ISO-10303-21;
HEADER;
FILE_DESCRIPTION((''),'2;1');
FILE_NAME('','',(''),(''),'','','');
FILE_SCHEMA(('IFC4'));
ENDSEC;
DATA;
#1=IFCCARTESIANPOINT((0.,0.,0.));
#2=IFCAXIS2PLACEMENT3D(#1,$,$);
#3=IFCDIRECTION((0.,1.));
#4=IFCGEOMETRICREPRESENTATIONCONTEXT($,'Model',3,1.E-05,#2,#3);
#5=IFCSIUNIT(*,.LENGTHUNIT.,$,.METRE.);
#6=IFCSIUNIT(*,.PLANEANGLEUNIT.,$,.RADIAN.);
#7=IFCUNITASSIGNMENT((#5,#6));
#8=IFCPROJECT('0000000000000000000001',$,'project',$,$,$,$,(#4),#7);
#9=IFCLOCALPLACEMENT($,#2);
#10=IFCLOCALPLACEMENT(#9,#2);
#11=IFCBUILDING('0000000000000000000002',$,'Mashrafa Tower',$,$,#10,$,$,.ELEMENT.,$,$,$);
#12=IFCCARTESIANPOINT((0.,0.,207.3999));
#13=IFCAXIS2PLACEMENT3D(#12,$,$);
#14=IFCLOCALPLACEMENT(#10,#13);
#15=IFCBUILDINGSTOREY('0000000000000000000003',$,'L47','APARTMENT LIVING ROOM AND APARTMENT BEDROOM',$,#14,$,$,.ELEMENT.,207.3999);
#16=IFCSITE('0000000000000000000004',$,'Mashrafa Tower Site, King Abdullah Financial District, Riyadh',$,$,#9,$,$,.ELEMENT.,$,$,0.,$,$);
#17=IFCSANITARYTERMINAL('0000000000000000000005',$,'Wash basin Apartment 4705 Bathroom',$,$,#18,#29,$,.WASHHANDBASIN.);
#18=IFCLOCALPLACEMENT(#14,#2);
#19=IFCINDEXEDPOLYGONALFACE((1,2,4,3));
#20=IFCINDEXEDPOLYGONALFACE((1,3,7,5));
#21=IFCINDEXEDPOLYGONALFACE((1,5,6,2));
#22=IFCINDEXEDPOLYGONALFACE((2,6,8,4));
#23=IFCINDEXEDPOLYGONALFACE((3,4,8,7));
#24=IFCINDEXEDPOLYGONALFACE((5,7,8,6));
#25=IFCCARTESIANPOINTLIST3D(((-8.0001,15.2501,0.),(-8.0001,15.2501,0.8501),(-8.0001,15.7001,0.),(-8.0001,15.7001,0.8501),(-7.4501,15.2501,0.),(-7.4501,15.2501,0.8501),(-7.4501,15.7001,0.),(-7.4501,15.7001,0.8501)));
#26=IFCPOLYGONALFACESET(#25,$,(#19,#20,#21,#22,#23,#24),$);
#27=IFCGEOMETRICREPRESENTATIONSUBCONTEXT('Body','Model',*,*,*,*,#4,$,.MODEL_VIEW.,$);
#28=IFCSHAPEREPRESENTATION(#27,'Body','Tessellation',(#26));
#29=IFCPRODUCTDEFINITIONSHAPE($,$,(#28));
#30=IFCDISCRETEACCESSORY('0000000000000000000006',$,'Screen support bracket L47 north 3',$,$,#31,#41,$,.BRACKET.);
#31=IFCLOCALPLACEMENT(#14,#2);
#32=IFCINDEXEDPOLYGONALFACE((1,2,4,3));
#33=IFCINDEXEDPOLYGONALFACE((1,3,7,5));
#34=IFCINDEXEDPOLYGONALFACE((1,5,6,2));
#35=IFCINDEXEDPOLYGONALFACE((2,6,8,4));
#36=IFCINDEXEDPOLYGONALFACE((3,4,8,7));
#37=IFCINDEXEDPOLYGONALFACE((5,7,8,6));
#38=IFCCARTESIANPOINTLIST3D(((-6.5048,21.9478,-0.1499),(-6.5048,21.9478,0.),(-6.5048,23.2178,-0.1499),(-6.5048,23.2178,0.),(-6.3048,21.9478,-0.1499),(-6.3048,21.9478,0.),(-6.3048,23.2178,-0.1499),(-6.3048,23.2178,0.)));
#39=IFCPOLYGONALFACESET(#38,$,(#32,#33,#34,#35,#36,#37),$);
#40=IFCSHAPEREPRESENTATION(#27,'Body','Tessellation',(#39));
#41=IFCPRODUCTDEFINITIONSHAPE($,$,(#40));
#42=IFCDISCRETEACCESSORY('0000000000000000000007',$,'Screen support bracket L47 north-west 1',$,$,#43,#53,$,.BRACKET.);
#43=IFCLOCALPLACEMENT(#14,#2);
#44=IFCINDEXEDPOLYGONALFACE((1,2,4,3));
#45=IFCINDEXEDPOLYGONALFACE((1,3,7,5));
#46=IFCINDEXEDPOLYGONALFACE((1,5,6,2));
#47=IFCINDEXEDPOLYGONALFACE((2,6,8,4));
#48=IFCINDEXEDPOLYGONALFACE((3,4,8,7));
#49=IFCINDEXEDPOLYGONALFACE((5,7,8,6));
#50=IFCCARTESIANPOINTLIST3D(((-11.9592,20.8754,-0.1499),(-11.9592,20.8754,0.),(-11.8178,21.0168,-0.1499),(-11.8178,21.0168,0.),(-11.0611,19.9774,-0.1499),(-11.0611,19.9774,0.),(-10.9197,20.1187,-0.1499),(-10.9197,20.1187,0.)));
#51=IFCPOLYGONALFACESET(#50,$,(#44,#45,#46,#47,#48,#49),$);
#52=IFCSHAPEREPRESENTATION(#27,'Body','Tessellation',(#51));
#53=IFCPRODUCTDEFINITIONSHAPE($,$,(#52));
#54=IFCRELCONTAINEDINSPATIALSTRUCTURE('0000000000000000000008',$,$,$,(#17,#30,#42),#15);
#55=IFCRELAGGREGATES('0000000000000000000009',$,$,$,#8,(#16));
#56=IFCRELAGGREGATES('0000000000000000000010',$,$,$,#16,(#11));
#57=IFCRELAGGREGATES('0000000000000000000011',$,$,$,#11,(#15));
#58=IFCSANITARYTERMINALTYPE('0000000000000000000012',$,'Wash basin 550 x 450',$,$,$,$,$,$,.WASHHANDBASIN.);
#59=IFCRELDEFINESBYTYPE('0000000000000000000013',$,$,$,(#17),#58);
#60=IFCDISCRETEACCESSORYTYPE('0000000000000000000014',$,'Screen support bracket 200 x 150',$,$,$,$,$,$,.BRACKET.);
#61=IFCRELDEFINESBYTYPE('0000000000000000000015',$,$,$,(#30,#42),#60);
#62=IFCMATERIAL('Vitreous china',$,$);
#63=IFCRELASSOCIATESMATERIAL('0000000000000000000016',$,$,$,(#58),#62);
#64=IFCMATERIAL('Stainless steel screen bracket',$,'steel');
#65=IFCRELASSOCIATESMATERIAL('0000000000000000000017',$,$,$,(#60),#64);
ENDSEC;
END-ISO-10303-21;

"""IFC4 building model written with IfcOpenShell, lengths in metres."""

from ifc_helpers import new_model, si_unit, direction, frame, origin, origin_2d, place, context, subcontext, project, spatial, rectangle, extrude, source, transform, mapped, material, type_object, type_shapes, element, save


model = new_model("IFC4")

# Units and contexts
model_context = context("Model", 3, precision=1e-05, world=origin(), true_north=direction((0.0, 1.0)))
body_context = subcontext(model_context, "Body", "Model", "MODEL_VIEW")
ifc_project = project(units=[si_unit("LENGTHUNIT", "METRE"), si_unit("PLANEANGLEUNIT", "RADIAN")], contexts=[model_context])

# Site, building, storey
site_placement = place(None, origin())
site = spatial("IfcSite", under=ifc_project, at=site_placement, Name="Mashrafa Tower Site, King Abdullah Financial District, Riyadh", CompositionType="ELEMENT", RefElevation=0.0)
building_placement = place(site_placement, origin())
building = spatial("IfcBuilding", under=site, at=building_placement, Name="Mashrafa Tower", CompositionType="ELEMENT")
storey_placement = place(building_placement, frame((0.0, 0.0, 207.3999)))
storey = spatial("IfcBuildingStorey", under=building, at=storey_placement, Name="L47", Description="APARTMENT LIVING ROOM AND APARTMENT BEDROOM", CompositionType="ELEMENT", Elevation=207.3999)

# Sanitary terminal
ifc_material_1 = material(Name="Vitreous china")
sanitary_terminal_type_1 = type_object("IfcSanitaryTerminalType", Name="Wash basin 550 x 450", PredefinedType="WASHHANDBASIN", material=ifc_material_1)
sanitary_terminal_1_placement = place(storey_placement, frame((-7.7251, 15.4751, 0.0), z_axis=(0.0, 0.0, 1.0), x_axis=(-1.0, 0.0, 0.0)))
element("IfcSanitaryTerminal", 1, at=sanitary_terminal_1_placement, inside=storey, type_object=sanitary_terminal_type_1, Name="Wash basin Apartment 4705 Bathroom", PredefinedType="WASHHANDBASIN", context=body_context, shape_type="SweptSolid", body=[
    extrude(rectangle(XDim=0.55, YDim=0.45, at=origin_2d()), origin(), (0.0, 0.0, 1.0), 0.8501),
])

# Discrete accessories
ifc_material_2 = material(Name="Stainless steel screen bracket", Category="steel")
discrete_accessory_type = type_object("IfcDiscreteAccessoryType", Name="Screen support bracket 200 x 150", PredefinedType="BRACKET", material=ifc_material_2)
shared_shape_1 = source(origin(), body_context, "Body", "SweptSolid", [
    extrude(rectangle(XDim=0.2, YDim=1.27, at=origin_2d()), origin(), (0.0, 0.0, 1.0), 0.1499),
])
type_shapes(discrete_accessory_type, [shared_shape_1])
for number, where, z_axis, x_axis, name in (
    (2, (-6.4048, 22.5828, -0.1499), (0.0, 0.0, 1.0), (-1.0, 0.0, 0.0), "Screen support bracket L47 north 3"),
    (3, (-11.4395, 20.4971, -0.1499), (0.0, 0.0, 1.0), (-0.707107, -0.707107, 0.0), "Screen support bracket L47 north-west 1"),
):
    element("IfcDiscreteAccessory", number, at=place(storey_placement, frame(where, z_axis=z_axis, x_axis=x_axis)), inside=storey, type_object=discrete_accessory_type, Name=name, PredefinedType="BRACKET", context=body_context, shape_type="MappedRepresentation", body=[
        mapped(shared_shape_1, transform((0.0, 0.0, 0.0))),
    ])

save(model, "model.ifc")
